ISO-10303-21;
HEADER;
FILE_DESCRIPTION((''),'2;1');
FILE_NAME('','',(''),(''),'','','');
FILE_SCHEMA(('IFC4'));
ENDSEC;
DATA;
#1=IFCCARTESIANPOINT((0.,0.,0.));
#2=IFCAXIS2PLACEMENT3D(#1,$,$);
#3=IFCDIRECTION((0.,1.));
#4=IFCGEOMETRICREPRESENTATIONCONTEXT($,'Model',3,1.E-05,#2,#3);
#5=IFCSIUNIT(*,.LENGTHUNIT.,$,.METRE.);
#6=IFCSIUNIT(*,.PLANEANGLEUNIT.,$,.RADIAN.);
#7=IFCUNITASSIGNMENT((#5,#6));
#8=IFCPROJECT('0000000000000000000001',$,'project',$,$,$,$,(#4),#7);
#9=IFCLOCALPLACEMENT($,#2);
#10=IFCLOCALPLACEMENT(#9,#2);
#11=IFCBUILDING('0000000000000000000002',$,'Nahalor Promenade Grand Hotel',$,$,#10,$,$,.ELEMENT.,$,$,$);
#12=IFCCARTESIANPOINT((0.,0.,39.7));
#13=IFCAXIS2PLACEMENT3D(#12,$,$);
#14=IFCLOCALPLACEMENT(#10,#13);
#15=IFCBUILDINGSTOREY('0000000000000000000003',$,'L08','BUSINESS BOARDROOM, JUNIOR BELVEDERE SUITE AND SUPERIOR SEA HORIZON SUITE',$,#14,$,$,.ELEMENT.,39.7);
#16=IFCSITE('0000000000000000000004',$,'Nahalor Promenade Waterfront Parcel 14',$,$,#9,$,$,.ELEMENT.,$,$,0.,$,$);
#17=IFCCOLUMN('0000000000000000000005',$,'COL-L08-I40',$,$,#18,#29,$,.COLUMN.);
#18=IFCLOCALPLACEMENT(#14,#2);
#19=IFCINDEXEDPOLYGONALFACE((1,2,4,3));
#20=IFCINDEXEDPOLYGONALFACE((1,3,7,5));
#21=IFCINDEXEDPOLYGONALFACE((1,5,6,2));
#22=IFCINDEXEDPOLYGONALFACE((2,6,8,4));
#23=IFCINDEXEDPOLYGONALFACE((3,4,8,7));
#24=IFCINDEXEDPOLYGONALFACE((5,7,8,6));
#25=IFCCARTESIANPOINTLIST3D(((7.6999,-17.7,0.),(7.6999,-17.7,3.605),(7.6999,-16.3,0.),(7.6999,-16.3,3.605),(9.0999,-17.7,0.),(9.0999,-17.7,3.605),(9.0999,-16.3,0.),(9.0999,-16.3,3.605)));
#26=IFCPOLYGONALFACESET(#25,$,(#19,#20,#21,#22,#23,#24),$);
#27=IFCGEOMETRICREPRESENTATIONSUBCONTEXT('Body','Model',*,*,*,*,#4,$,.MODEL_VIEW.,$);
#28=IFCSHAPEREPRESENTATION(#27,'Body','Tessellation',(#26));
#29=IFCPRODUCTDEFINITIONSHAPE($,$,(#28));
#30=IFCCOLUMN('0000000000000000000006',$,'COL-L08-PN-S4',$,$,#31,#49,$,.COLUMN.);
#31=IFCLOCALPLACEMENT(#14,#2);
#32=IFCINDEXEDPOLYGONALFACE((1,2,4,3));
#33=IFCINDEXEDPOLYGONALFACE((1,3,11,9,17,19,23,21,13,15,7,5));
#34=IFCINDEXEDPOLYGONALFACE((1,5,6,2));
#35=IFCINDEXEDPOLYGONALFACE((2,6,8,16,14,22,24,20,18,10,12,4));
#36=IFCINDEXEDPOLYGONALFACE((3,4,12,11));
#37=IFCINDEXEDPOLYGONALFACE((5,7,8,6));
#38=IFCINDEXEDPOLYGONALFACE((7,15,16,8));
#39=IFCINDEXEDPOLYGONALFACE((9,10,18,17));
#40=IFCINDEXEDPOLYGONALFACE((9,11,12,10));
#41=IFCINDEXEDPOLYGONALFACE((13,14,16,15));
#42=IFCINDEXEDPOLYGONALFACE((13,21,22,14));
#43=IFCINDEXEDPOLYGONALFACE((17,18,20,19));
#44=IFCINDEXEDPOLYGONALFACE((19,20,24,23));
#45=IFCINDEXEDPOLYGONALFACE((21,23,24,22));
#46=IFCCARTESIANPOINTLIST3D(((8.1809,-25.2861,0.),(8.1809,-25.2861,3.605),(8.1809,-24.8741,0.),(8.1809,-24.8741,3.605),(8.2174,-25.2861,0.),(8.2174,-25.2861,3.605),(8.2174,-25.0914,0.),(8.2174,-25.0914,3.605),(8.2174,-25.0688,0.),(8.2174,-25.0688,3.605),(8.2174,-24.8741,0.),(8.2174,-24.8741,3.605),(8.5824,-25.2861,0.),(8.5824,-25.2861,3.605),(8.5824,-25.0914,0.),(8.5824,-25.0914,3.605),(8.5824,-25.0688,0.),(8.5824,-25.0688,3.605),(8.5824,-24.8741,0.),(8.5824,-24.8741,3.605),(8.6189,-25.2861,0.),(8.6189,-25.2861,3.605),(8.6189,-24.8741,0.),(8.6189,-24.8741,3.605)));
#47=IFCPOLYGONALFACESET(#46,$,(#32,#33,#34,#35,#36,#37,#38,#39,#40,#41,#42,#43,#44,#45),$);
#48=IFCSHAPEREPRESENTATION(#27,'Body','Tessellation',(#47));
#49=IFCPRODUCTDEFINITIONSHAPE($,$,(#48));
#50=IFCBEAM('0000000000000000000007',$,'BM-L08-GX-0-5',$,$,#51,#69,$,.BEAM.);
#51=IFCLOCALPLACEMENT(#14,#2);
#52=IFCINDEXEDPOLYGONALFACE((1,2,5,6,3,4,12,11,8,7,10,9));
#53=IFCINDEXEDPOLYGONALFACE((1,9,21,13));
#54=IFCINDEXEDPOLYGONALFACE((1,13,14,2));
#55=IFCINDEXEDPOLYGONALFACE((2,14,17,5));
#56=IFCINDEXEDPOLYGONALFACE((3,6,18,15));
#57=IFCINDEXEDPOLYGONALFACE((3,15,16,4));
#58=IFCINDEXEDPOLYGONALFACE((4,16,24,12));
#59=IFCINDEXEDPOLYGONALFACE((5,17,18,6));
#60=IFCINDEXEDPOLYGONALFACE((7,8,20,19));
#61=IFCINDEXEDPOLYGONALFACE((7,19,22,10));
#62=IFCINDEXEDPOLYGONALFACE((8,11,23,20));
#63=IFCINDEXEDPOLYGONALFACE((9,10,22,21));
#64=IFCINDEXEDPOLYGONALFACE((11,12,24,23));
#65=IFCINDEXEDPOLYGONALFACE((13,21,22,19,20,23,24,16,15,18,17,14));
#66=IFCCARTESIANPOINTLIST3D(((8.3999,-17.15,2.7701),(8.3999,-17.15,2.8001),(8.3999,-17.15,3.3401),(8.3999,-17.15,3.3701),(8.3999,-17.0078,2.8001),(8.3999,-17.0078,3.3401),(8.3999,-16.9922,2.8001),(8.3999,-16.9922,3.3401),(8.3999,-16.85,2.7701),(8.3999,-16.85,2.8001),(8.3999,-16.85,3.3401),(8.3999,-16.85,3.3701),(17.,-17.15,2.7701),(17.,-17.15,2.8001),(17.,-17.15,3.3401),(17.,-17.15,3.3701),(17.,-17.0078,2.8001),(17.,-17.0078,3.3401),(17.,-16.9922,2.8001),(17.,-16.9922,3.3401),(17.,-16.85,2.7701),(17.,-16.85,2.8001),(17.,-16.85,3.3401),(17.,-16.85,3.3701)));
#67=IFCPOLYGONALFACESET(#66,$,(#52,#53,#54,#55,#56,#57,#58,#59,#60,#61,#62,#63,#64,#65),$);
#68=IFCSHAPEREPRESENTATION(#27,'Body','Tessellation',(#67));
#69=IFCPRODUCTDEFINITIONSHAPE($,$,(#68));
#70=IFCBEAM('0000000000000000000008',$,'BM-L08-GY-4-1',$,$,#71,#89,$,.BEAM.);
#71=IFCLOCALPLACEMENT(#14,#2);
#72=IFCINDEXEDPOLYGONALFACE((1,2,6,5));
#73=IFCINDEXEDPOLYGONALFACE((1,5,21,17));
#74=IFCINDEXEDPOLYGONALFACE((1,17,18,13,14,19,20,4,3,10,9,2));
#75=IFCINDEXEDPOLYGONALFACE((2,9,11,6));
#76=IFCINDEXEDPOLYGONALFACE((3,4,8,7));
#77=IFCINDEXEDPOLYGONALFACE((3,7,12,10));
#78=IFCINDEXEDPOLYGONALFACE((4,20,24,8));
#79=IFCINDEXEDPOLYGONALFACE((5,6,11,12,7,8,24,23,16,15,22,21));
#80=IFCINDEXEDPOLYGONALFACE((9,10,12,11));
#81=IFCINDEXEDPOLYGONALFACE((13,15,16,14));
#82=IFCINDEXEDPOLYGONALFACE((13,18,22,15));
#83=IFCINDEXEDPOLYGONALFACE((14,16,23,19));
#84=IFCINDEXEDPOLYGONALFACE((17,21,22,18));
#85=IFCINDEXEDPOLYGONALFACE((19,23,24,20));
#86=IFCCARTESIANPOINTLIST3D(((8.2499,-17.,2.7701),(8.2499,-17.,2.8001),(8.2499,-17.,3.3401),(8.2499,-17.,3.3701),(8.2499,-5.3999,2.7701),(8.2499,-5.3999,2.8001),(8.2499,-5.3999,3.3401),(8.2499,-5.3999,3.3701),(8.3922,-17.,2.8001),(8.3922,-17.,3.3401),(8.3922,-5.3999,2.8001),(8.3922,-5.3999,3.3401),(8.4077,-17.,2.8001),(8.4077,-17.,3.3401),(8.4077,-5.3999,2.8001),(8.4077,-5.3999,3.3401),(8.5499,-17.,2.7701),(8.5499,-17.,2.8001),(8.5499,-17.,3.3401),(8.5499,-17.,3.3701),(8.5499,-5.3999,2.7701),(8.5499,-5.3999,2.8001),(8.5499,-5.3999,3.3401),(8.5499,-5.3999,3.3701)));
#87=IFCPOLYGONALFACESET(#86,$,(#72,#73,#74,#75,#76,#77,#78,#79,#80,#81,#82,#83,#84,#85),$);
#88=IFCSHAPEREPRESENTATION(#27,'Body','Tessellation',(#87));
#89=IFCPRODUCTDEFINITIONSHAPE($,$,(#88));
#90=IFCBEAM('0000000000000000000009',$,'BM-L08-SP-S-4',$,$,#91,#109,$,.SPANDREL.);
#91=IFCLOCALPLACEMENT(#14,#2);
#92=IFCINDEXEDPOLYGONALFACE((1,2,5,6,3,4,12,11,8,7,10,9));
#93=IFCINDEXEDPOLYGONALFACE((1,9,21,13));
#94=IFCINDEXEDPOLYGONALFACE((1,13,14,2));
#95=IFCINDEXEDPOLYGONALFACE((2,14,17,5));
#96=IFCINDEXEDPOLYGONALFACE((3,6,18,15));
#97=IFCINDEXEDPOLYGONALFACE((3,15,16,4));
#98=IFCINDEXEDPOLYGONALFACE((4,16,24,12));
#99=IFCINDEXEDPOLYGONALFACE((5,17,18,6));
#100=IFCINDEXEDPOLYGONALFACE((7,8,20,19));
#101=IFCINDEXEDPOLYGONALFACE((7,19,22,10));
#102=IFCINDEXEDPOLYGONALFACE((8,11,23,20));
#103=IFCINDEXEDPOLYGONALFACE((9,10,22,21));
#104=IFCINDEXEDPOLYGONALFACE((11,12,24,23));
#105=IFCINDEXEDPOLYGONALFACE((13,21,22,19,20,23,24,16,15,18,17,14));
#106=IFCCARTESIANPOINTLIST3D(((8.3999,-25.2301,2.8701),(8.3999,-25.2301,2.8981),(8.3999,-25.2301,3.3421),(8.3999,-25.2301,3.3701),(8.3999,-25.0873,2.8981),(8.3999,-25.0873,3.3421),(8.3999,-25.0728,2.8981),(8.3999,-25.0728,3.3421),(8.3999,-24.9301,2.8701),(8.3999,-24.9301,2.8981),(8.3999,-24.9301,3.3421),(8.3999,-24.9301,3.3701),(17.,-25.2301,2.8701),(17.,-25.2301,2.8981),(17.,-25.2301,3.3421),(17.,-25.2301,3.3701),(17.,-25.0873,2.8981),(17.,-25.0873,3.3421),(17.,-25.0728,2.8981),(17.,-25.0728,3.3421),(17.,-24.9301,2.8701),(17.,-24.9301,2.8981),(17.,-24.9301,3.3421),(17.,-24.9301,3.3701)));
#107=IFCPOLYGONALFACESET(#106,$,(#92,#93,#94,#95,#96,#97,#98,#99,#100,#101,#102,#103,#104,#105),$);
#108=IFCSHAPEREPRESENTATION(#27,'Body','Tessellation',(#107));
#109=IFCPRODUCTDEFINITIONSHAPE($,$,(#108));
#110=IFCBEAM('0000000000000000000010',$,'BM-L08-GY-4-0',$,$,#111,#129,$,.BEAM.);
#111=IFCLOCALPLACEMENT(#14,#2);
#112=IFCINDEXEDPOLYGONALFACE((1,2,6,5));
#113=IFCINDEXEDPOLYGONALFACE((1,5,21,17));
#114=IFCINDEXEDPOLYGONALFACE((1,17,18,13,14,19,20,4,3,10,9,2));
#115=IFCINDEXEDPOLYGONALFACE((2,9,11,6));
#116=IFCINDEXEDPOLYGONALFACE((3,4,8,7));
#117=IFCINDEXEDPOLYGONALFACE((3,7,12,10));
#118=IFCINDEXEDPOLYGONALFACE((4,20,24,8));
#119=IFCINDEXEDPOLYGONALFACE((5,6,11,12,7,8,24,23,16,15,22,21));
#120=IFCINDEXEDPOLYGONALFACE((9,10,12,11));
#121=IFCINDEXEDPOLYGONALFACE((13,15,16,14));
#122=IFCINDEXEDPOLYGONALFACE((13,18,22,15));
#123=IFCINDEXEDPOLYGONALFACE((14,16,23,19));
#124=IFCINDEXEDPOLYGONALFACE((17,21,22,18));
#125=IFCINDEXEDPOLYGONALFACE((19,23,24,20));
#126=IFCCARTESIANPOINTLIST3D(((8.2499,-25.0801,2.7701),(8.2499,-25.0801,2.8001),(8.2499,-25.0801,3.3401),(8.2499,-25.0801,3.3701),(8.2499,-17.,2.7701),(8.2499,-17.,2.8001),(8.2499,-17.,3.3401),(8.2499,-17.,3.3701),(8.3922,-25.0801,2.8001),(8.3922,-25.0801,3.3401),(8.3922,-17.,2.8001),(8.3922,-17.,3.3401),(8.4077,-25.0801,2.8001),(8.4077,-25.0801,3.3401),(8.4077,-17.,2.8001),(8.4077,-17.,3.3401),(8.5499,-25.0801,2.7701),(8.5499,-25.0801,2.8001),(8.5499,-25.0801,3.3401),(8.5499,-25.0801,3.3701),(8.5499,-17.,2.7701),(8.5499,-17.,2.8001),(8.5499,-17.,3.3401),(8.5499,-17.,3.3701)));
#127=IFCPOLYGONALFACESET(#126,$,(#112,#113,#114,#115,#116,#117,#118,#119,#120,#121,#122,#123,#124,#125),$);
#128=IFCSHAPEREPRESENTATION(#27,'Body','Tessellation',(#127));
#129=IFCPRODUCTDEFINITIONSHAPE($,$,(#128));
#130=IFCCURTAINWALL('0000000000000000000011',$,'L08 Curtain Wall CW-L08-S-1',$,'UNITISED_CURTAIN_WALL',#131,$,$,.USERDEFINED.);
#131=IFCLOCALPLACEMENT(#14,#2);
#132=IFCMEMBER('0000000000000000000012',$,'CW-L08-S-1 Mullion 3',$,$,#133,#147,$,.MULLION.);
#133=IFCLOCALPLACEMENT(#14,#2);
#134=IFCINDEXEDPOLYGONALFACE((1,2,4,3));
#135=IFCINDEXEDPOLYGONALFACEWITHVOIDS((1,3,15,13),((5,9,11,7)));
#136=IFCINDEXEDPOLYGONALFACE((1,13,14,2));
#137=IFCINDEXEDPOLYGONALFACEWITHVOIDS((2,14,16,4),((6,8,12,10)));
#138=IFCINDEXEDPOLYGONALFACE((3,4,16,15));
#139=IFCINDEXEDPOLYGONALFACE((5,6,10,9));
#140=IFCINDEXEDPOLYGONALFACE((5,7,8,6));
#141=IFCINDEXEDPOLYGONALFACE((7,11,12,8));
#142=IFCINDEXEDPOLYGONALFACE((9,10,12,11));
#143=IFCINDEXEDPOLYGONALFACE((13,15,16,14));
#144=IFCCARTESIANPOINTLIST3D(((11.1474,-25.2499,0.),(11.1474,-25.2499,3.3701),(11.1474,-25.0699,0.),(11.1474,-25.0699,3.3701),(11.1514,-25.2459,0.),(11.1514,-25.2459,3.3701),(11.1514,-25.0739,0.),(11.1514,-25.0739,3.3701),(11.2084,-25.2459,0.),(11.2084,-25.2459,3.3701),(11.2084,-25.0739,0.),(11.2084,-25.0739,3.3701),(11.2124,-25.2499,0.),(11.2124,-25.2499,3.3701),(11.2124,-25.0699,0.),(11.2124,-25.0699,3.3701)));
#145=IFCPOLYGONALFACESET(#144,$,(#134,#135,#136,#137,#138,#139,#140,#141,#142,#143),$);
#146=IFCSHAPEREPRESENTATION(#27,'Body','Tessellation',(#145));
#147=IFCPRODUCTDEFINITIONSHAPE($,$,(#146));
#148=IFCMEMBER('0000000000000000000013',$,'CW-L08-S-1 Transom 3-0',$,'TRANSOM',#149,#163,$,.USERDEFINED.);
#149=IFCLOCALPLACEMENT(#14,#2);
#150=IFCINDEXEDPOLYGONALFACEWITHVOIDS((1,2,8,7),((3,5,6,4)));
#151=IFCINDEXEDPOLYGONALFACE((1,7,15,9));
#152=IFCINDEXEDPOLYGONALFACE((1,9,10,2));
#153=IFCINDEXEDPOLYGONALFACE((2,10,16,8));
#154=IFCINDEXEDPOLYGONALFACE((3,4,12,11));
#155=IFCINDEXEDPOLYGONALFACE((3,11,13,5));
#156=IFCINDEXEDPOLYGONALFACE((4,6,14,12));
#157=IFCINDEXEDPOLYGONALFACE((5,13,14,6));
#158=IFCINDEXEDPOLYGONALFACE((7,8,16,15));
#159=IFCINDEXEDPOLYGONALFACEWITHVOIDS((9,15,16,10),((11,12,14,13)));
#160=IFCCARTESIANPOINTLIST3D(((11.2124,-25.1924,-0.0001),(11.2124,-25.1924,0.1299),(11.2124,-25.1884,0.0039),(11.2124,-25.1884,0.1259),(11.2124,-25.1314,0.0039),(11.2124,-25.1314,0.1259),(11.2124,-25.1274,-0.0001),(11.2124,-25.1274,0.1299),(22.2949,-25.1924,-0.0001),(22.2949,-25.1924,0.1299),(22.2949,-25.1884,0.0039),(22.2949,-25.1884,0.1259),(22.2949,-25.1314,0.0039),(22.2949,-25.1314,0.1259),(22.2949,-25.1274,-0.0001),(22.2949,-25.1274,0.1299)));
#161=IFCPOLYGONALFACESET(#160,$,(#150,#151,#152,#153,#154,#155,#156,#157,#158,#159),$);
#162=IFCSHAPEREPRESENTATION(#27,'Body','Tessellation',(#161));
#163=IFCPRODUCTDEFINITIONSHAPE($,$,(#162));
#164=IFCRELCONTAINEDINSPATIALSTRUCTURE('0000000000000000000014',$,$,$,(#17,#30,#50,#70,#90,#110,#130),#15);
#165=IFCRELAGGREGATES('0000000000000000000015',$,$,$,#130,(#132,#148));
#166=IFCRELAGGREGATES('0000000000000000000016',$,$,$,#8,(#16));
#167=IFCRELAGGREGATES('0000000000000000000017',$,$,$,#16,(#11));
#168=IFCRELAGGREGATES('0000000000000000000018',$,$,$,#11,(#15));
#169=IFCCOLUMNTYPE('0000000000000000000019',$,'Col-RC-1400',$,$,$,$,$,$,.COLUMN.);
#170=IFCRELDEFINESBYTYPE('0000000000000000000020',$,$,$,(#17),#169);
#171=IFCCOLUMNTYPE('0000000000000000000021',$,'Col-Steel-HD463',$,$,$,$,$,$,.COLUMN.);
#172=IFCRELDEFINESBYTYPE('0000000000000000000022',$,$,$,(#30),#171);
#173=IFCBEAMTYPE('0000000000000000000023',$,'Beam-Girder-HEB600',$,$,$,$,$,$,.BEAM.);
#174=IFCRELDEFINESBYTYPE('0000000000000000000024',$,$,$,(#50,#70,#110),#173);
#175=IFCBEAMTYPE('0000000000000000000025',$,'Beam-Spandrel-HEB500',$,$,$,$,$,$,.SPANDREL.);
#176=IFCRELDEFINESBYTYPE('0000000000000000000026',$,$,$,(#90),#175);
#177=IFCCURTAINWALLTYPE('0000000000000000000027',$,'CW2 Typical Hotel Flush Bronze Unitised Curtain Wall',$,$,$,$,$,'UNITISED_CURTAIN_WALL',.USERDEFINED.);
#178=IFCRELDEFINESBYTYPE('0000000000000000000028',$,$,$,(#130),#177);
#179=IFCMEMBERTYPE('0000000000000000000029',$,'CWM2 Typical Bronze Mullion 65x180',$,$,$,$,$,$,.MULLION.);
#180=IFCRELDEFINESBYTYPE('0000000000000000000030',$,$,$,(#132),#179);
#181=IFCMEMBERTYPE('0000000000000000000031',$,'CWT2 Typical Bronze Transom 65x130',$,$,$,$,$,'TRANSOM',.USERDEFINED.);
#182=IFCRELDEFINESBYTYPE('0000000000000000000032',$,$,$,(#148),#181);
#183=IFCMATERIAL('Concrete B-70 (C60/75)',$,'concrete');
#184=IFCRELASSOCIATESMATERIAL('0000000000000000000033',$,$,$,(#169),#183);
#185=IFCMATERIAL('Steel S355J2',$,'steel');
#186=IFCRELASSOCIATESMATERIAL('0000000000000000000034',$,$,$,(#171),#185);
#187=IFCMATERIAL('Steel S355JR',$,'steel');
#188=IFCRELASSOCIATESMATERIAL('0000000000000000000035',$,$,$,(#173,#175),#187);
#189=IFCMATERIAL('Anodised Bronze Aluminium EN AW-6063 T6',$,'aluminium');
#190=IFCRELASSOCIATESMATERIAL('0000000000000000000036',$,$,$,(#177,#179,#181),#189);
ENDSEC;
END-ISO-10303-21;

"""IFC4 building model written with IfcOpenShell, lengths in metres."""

from ifc_helpers import new_model, si_unit, direction, frame, origin, origin_2d, place, context, subcontext, project, spatial, rectangle, hollow_rectangle, i_section, extrude, source, transform, mapped, material, material_profile, profile_set, type_object, element, aggregate, save


model = new_model("IFC4")

# Units and contexts
model_context = context("Model", 3, precision=1e-05, world=origin(), true_north=direction((0.0, 1.0)))
body_context = subcontext(model_context, "Body", "Model", "MODEL_VIEW")
ifc_project = project(units=[si_unit("LENGTHUNIT", "METRE"), si_unit("PLANEANGLEUNIT", "RADIAN")], contexts=[model_context])

# Site, building, storey
site_placement = place(None, origin())
site = spatial("IfcSite", under=ifc_project, at=site_placement, Name="Nahalor Promenade Waterfront Parcel 14", CompositionType="ELEMENT", RefElevation=0.0)
building_placement = place(site_placement, origin())
building = spatial("IfcBuilding", under=site, at=building_placement, Name="Nahalor Promenade Grand Hotel", CompositionType="ELEMENT")
storey_placement = place(building_placement, frame((0.0, 0.0, 39.7)))
storey = spatial("IfcBuildingStorey", under=building, at=storey_placement, Name="L08", Description="BUSINESS BOARDROOM, JUNIOR BELVEDERE SUITE AND SUPERIOR SEA HORIZON SUITE", CompositionType="ELEMENT", Elevation=39.7)

# Columns
ifc_material_1 = material(Name="Concrete B-70 (C60/75)", Category="concrete")
ifc_material_profile_1 = material_profile(ifc_material_1, rectangle(XDim=1.4, YDim=1.4, at=origin_2d()), Name="RC 1400x1400")
ifc_profile_set_1 = profile_set([ifc_material_profile_1], Name="Concrete B-70 (C60/75)")
column_type_1 = type_object("IfcColumnType", Name="Col-RC-1400", PredefinedType="COLUMN", material=ifc_profile_set_1)
shared_shape_1 = source(origin(), body_context, "Body", "SweptSolid", [
    extrude(rectangle(XDim=1.4, YDim=1.4, at=origin_2d()), origin(), (0.0, 0.0, 1.0), 3.605),
])
column_1_placement = place(storey_placement, frame((8.3999, -17.0, 0.0), z_axis=(0.0, 0.0, 1.0), x_axis=(1.0, 0.0, 0.0)))
element("IfcColumn", 1, at=column_1_placement, inside=storey, type_object=column_type_1, Name="COL-L08-I40", PredefinedType="COLUMN", context=body_context, shape_type="MappedRepresentation", body=[
    mapped(shared_shape_1, transform((0.0, 0.0, 0.0), scale=1.0)),
])
ifc_material_2 = material(Name="Steel S355J2", Category="steel")
ifc_material_profile_2 = material_profile(ifc_material_2, i_section(OverallWidth=0.412, OverallDepth=0.438, WebThickness=0.0226, FlangeThickness=0.0365, at=origin_2d()), Name="HD 400x463")
ifc_profile_set_2 = profile_set([ifc_material_profile_2], Name="Steel S355J2")
column_type_2 = type_object("IfcColumnType", Name="Col-Steel-HD463", PredefinedType="COLUMN", material=ifc_profile_set_2)
shared_shape_2 = source(origin(), body_context, "Body", "SweptSolid", [
    extrude(i_section(OverallWidth=0.412, OverallDepth=0.438, WebThickness=0.0226, FlangeThickness=0.0365, at=origin_2d()), origin(), (0.0, 0.0, 1.0), 3.605),
])
column_2_placement = place(storey_placement, frame((8.3999, -25.0801, 0.0), z_axis=(0.0, 0.0, 1.0), x_axis=(0.0, 1.0, 0.0)))
element("IfcColumn", 2, at=column_2_placement, inside=storey, type_object=column_type_2, Name="COL-L08-PN-S4", PredefinedType="COLUMN", context=body_context, shape_type="MappedRepresentation", body=[
    mapped(shared_shape_2, transform((0.0, 0.0, 0.0), scale=1.0)),
])

# Beams
ifc_material_3 = material(Name="Steel S355JR", Category="steel")
ifc_material_profile_3 = material_profile(ifc_material_3, i_section(OverallWidth=0.3, OverallDepth=0.6, WebThickness=0.0155, FlangeThickness=0.03, at=origin_2d()), Name="HEB 600")
ifc_profile_set_3 = profile_set([ifc_material_profile_3], Name="Steel S355JR")
beam_type_1 = type_object("IfcBeamType", Name="Beam-Girder-HEB600", PredefinedType="BEAM", material=ifc_profile_set_3)
shared_shape_3 = source(origin(), body_context, "Body", "SweptSolid", [
    extrude(i_section(OverallWidth=0.3, OverallDepth=0.6, WebThickness=0.0155, FlangeThickness=0.03, at=origin_2d()), origin(), (0.0, 0.0, 1.0), 8.6001),
])
beam_1_placement = place(storey_placement, frame((8.3999, -17.0, 3.0701), z_axis=(1.0, 0.0, 0.0), x_axis=(0.0, 1.0, 0.0)))
element("IfcBeam", 3, at=beam_1_placement, inside=storey, type_object=beam_type_1, Name="BM-L08-GX-0-5", PredefinedType="BEAM", context=body_context, shape_type="MappedRepresentation", body=[
    mapped(shared_shape_3, transform((0.0, 0.0, 0.0), scale=1.0)),
])
shared_shape_4 = source(origin(), body_context, "Body", "SweptSolid", [
    extrude(i_section(OverallWidth=0.3, OverallDepth=0.6, WebThickness=0.0155, FlangeThickness=0.03, at=origin_2d()), origin(), (0.0, 0.0, 1.0), 11.6001),
])
beam_2_placement = place(storey_placement, frame((8.3999, -17.0, 3.0701), z_axis=(0.0, 1.0, 0.0), x_axis=(-1.0, 0.0, 0.0)))
element("IfcBeam", 4, at=beam_2_placement, inside=storey, type_object=beam_type_1, Name="BM-L08-GY-4-1", PredefinedType="BEAM", context=body_context, shape_type="MappedRepresentation", body=[
    mapped(shared_shape_4, transform((0.0, 0.0, 0.0), scale=1.0)),
])
ifc_material_profile_4 = material_profile(ifc_material_3, i_section(OverallWidth=0.3, OverallDepth=0.5, WebThickness=0.0145, FlangeThickness=0.028, at=origin_2d()), Name="HEB 500")
ifc_profile_set_4 = profile_set([ifc_material_profile_4], Name="Steel S355JR")
beam_type_2 = type_object("IfcBeamType", Name="Beam-Spandrel-HEB500", PredefinedType="SPANDREL", material=ifc_profile_set_4)
shared_shape_5 = source(origin(), body_context, "Body", "SweptSolid", [
    extrude(i_section(OverallWidth=0.3, OverallDepth=0.5, WebThickness=0.0145, FlangeThickness=0.028, at=origin_2d()), origin(), (0.0, 0.0, 1.0), 8.6001),
])
beam_3_placement = place(storey_placement, frame((8.3999, -25.0801, 3.1201), z_axis=(1.0, 0.0, 0.0), x_axis=(0.0, 1.0, 0.0)))
element("IfcBeam", 5, at=beam_3_placement, inside=storey, type_object=beam_type_2, Name="BM-L08-SP-S-4", PredefinedType="SPANDREL", context=body_context, shape_type="MappedRepresentation", body=[
    mapped(shared_shape_5, transform((0.0, 0.0, 0.0), scale=1.0)),
])
shared_shape_6 = source(origin(), body_context, "Body", "SweptSolid", [
    extrude(i_section(OverallWidth=0.3, OverallDepth=0.6, WebThickness=0.0155, FlangeThickness=0.03, at=origin_2d()), origin(), (0.0, 0.0, 1.0), 8.0801),
])
beam_4_placement = place(storey_placement, frame((8.3999, -25.0801, 3.0701), z_axis=(0.0, 1.0, 0.0), x_axis=(-1.0, 0.0, 0.0)))
element("IfcBeam", 6, at=beam_4_placement, inside=storey, type_object=beam_type_1, Name="BM-L08-GY-4-0", PredefinedType="BEAM", context=body_context, shape_type="MappedRepresentation", body=[
    mapped(shared_shape_6, transform((0.0, 0.0, 0.0), scale=1.0)),
])

# Curtain wall, members
ifc_material_4 = material(Name="Anodised Bronze Aluminium EN AW-6063 T6", Category="aluminium")
curtain_wall_type = type_object("IfcCurtainWallType", Name="CW2 Typical Hotel Flush Bronze Unitised Curtain Wall", ElementType="UNITISED_CURTAIN_WALL", PredefinedType="USERDEFINED", material=ifc_material_4)
curtain_wall_placement = place(storey_placement, origin())
curtain_wall = element("IfcCurtainWall", 7, at=curtain_wall_placement, inside=storey, type_object=curtain_wall_type, Name="L08 Curtain Wall CW-L08-S-1", ObjectType="UNITISED_CURTAIN_WALL", PredefinedType="USERDEFINED")
ifc_material_profile_5 = material_profile(ifc_material_4, hollow_rectangle(XDim=0.065, YDim=0.18, WallThickness=0.004, at=origin_2d()), Name="CWM 65x180x4")
ifc_profile_set_5 = profile_set([ifc_material_profile_5], Name="Anodised Bronze Aluminium EN AW-6063 T6")
member_type_1 = type_object("IfcMemberType", Name="CWM2 Typical Bronze Mullion 65x180", PredefinedType="MULLION", material=ifc_profile_set_5)
shared_shape_7 = source(origin(), body_context, "Body", "SweptSolid", [
    extrude(hollow_rectangle(XDim=0.065, YDim=0.18, WallThickness=0.004, at=origin_2d()), origin(), (0.0, 0.0, 1.0), 3.3701),
])
member_1_placement = place(storey_placement, frame((11.1799, -25.1599, 0.0), z_axis=(0.0, 0.0, 1.0), x_axis=(1.0, 0.0, 0.0)))
member_1 = element("IfcMember", 8, at=member_1_placement, type_object=member_type_1, Name="CW-L08-S-1 Mullion 3", PredefinedType="MULLION", context=body_context, shape_type="MappedRepresentation", body=[
    mapped(shared_shape_7, transform((0.0, 0.0, 0.0), scale=1.0)),
])
ifc_material_profile_6 = material_profile(ifc_material_4, hollow_rectangle(XDim=0.065, YDim=0.13, WallThickness=0.004, at=origin_2d()), Name="CWT 65x130x4")
ifc_profile_set_6 = profile_set([ifc_material_profile_6], Name="Anodised Bronze Aluminium EN AW-6063 T6")
member_type_2 = type_object("IfcMemberType", Name="CWT2 Typical Bronze Transom 65x130", ElementType="TRANSOM", PredefinedType="USERDEFINED", material=ifc_profile_set_6)
shared_shape_8 = source(origin(), body_context, "Body", "SweptSolid", [
    extrude(hollow_rectangle(XDim=0.065, YDim=0.13, WallThickness=0.004, at=origin_2d()), origin(), (0.0, 0.0, 1.0), 11.0825),
])
member_2_placement = place(storey_placement, frame((11.2124, -25.1599, 0.0649), z_axis=(1.0, 0.0, 0.0), x_axis=(0.0, 1.0, 0.0)))
member_2 = element("IfcMember", 9, at=member_2_placement, type_object=member_type_2, Name="CW-L08-S-1 Transom 3-0", ObjectType="TRANSOM", PredefinedType="USERDEFINED", context=body_context, shape_type="MappedRepresentation", body=[
    mapped(shared_shape_8, transform((0.0, 0.0, 0.0), scale=1.0)),
])
aggregate(curtain_wall, [member_1, member_2])

save(model, "model.ifc")
